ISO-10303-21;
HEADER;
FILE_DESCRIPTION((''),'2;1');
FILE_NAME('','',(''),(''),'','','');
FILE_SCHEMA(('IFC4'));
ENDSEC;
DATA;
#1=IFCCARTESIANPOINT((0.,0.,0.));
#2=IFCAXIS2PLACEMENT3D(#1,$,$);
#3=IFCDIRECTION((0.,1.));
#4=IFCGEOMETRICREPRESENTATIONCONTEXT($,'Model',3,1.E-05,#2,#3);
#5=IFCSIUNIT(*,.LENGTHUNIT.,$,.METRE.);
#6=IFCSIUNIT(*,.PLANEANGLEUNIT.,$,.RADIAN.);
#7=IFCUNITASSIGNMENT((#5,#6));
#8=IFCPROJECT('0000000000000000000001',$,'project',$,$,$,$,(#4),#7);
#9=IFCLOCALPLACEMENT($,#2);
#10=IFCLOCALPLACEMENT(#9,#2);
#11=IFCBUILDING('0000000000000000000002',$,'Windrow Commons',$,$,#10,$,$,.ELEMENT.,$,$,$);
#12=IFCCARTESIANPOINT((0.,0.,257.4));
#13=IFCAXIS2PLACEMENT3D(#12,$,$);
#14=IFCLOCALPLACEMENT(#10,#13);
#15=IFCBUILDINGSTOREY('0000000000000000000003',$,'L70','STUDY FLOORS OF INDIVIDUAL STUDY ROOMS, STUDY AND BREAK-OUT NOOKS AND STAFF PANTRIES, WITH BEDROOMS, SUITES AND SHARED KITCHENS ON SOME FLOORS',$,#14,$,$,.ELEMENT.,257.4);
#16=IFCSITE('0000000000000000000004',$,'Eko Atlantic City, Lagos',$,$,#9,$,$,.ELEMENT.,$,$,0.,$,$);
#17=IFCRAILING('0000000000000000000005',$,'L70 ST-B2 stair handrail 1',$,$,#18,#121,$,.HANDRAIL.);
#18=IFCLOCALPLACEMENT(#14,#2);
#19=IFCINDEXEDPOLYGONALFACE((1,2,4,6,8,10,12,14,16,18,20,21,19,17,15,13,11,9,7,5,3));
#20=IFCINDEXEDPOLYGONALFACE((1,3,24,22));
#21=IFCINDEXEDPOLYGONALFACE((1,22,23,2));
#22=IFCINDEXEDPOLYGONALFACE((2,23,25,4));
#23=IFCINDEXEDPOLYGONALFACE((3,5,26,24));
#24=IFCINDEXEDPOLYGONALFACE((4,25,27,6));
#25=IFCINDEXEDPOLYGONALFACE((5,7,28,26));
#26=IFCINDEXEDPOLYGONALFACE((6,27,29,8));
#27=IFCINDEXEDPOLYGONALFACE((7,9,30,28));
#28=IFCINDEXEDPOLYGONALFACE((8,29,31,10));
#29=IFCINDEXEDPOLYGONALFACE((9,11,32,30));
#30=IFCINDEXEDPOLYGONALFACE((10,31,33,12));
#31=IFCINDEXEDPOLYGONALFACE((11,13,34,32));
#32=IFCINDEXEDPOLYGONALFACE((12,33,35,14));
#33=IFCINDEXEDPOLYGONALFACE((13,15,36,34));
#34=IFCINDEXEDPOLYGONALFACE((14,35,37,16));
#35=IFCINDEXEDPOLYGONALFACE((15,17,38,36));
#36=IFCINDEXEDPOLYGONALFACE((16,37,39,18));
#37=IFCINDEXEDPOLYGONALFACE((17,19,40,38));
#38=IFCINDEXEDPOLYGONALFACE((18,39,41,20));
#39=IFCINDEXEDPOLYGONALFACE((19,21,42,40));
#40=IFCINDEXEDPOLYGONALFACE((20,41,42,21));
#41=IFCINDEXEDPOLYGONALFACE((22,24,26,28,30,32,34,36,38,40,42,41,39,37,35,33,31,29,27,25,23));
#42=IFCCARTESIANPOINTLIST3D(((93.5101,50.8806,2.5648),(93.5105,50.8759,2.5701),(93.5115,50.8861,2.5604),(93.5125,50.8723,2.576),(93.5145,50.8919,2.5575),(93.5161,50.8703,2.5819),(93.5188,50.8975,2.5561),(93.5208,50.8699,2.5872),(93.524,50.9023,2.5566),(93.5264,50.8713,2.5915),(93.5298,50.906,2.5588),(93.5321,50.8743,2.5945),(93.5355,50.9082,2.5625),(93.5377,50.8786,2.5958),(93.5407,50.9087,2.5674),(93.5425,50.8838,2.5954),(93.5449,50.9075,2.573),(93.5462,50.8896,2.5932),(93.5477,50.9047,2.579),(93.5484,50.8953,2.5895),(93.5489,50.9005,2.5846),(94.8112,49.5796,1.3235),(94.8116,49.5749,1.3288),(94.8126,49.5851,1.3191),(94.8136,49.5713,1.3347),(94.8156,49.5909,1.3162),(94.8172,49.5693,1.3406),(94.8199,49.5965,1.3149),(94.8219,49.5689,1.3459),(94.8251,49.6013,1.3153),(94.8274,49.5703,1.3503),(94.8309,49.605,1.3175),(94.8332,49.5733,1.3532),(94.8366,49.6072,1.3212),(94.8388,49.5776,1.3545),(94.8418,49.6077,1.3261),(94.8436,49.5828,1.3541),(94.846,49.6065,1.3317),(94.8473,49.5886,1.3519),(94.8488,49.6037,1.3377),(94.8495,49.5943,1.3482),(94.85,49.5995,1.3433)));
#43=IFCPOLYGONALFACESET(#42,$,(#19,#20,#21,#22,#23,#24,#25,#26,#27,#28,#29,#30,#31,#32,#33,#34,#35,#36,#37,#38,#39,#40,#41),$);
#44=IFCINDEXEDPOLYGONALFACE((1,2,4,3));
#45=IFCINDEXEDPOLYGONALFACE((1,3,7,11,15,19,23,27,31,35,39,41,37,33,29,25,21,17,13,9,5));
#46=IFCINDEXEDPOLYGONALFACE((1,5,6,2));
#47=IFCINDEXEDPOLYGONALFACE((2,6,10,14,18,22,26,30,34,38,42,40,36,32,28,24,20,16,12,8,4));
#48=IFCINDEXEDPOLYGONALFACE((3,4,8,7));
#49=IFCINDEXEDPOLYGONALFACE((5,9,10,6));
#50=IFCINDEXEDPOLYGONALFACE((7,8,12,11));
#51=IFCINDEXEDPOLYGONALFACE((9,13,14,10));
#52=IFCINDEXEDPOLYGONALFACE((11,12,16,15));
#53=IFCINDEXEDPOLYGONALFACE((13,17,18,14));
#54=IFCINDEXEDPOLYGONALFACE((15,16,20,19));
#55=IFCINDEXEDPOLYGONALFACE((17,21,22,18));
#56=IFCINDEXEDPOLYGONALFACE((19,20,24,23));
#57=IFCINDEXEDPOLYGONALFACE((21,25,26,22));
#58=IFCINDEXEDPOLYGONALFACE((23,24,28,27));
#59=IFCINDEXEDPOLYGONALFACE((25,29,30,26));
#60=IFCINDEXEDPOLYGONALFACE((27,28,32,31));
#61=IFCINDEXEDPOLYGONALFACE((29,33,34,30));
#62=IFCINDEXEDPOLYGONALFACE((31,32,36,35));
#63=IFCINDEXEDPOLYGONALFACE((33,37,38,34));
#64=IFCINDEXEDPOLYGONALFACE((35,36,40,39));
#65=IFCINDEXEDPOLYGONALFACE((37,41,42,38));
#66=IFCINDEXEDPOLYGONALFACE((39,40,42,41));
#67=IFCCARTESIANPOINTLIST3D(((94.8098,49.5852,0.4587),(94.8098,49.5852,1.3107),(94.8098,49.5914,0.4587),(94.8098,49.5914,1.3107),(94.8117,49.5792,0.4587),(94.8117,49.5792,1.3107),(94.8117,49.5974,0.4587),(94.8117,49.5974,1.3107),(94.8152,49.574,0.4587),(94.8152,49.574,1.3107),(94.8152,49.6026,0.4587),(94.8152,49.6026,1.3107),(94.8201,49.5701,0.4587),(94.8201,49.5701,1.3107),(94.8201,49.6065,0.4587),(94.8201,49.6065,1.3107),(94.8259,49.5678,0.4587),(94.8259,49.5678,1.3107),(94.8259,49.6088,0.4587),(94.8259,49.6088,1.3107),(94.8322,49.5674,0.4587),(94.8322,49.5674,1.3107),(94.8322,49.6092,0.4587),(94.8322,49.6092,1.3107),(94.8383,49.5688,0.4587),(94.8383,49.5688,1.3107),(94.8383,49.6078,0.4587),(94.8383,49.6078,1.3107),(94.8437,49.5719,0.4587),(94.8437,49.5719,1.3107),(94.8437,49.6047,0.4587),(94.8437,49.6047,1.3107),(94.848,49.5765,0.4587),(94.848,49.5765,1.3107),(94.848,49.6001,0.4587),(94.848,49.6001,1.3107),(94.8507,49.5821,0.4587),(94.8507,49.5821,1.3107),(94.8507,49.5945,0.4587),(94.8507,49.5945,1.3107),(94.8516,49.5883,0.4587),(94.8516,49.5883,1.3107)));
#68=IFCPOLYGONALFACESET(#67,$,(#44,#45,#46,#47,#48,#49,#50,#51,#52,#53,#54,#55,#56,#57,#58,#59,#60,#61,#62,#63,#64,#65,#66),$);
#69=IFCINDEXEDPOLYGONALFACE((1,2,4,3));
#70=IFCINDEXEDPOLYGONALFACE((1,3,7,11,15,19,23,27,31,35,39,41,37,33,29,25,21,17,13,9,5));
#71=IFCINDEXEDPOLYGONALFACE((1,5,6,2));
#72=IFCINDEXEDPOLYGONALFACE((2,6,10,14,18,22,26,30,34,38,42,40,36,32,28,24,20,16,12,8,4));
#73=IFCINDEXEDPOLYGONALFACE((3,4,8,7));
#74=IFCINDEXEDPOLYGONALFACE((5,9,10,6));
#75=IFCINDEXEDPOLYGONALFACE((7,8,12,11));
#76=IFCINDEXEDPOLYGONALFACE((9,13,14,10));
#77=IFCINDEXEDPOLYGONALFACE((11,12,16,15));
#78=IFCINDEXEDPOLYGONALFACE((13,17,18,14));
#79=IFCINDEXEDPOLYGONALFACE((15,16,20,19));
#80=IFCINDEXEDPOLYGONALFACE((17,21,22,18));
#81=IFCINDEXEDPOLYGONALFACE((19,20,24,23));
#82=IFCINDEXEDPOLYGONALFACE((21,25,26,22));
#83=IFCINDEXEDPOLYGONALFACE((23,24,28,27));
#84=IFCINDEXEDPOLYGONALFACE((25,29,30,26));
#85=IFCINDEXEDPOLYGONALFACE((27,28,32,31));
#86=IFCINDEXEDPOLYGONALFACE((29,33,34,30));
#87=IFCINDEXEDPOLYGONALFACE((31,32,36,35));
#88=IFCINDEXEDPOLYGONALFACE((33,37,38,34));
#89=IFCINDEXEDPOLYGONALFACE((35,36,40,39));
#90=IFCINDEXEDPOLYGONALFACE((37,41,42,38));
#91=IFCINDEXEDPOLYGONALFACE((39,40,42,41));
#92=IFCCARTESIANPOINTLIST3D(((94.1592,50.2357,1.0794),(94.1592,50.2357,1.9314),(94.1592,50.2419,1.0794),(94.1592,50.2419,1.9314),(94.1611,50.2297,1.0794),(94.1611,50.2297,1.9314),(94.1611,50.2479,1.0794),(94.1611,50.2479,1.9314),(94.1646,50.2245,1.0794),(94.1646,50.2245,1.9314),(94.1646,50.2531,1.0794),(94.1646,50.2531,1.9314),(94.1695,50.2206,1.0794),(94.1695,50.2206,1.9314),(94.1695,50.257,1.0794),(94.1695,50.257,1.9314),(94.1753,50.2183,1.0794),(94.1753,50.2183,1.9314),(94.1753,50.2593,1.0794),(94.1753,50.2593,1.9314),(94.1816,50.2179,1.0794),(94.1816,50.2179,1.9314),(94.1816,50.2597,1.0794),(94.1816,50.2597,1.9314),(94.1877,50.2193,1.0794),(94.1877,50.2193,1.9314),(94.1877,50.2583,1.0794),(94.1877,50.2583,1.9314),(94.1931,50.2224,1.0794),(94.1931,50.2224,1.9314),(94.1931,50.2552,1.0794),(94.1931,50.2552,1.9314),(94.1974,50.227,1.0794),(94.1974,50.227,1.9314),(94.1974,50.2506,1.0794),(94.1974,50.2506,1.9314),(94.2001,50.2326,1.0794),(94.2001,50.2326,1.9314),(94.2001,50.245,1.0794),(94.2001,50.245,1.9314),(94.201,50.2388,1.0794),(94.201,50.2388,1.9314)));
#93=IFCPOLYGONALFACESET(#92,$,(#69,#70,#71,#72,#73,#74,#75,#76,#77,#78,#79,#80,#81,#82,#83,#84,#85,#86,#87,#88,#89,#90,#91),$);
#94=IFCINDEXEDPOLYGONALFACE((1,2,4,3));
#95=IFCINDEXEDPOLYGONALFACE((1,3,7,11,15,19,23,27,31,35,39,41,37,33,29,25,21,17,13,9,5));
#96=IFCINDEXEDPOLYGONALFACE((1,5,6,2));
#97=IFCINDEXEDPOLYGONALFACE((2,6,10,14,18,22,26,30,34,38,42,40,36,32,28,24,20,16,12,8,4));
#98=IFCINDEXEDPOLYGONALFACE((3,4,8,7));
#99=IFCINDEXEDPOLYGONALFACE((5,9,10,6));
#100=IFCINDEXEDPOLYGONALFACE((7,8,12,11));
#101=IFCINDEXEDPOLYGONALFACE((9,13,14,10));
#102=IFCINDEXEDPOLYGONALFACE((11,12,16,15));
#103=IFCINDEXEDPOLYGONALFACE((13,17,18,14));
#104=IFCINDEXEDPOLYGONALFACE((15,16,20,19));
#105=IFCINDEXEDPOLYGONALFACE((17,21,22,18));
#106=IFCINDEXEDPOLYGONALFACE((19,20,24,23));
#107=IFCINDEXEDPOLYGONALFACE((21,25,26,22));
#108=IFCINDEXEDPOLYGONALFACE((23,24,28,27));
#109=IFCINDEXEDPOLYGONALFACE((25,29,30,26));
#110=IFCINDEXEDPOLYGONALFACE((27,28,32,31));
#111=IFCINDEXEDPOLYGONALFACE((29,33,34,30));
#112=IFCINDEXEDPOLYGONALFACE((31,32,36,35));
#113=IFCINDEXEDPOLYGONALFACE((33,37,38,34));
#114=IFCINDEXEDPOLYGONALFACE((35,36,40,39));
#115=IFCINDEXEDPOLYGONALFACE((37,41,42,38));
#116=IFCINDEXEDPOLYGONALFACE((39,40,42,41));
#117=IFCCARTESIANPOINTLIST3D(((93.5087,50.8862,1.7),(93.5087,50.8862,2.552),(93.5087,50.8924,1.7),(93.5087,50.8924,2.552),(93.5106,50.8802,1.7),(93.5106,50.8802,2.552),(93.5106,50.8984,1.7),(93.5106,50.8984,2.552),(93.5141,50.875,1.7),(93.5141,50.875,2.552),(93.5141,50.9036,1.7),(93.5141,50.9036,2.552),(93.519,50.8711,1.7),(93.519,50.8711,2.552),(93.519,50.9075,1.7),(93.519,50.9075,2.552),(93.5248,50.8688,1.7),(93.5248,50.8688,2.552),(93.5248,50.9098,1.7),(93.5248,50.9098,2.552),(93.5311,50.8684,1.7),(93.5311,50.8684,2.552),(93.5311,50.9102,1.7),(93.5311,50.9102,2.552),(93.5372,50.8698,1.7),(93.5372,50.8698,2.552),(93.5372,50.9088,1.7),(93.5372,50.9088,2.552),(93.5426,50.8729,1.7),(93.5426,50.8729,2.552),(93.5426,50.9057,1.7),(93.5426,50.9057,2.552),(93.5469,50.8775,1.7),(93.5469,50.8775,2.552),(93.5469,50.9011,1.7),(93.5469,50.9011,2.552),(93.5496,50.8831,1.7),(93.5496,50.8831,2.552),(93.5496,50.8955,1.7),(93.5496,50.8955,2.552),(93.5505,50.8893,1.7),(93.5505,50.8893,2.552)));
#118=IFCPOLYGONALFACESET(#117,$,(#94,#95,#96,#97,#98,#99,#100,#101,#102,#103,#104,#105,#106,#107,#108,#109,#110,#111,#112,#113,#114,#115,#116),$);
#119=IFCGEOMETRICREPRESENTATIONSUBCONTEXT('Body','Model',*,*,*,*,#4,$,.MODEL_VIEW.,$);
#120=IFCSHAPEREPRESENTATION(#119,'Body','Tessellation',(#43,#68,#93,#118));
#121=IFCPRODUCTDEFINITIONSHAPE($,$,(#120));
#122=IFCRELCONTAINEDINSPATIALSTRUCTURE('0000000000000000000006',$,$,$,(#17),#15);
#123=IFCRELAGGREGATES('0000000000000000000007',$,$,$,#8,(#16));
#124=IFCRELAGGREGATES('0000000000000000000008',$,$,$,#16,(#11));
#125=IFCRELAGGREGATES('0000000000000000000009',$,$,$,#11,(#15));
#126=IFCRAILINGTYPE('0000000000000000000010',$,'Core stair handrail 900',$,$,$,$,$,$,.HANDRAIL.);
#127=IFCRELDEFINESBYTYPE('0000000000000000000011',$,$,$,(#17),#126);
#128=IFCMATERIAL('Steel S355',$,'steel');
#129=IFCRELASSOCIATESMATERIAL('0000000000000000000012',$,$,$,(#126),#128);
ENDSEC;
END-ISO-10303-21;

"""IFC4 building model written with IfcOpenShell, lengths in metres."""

from ifc_helpers import new_model, si_unit, direction, frame, origin, origin_2d, place, context, subcontext, project, spatial, circle, extrude, material, type_object, element, save


model = new_model("IFC4")

# Units and contexts
model_context = context("Model", 3, precision=1e-05, world=origin(), true_north=direction((0.0, 1.0)))
body_context = subcontext(model_context, "Body", "Model", "MODEL_VIEW")
ifc_project = project(units=[si_unit("LENGTHUNIT", "METRE"), si_unit("PLANEANGLEUNIT", "RADIAN")], contexts=[model_context])

# Site, building, storey
site_placement = place(None, origin())
site = spatial("IfcSite", under=ifc_project, at=site_placement, Name="Eko Atlantic City, Lagos", CompositionType="ELEMENT", RefElevation=0.0)
building_placement = place(site_placement, origin())
building = spatial("IfcBuilding", under=site, at=building_placement, Name="Windrow Commons", CompositionType="ELEMENT")
storey_placement = place(building_placement, frame((0.0, 0.0, 257.4)))
storey = spatial("IfcBuildingStorey", under=building, at=storey_placement, Name="L70", Description="STUDY FLOORS OF INDIVIDUAL STUDY ROOMS, STUDY AND BREAK-OUT NOOKS AND STAFF PANTRIES, WITH BEDROOMS, SUITES AND SHARED KITCHENS ON SOME FLOORS", CompositionType="ELEMENT", Elevation=257.4)

# Railing
ifc_material_1 = material(Name="Steel S355", Category="steel")
railing_type_1 = type_object("IfcRailingType", Name="Core stair handrail 900", PredefinedType="HANDRAIL", material=ifc_material_1)
railing_1_placement = place(storey_placement, frame((94.8306, 49.5883, 0.4587)))
element("IfcRailing", 1, at=railing_1_placement, inside=storey, type_object=railing_type_1, Name="L70 ST-B2 stair handrail 1", PredefinedType="HANDRAIL", context=body_context, shape_type="SweptSolid", body=[
    extrude(circle(Radius=0.024, at=origin_2d()), frame((0.0, 0.0, 0.876), z_axis=(-0.586207, 0.586162, 0.559264), x_axis=(-0.70708, -0.707134, 0.0)), (0.0, 0.0, 1.0), 2.2195),
    extrude(circle(Radius=0.021, at=origin_2d()), origin(), (0.0, 0.0, 1.0), 0.852),
    extrude(circle(Radius=0.021, at=origin_2d()), frame((-0.6506, 0.6505, 0.6207)), (0.0, 0.0, 1.0), 0.852),
    extrude(circle(Radius=0.021, at=origin_2d()), frame((-1.3011, 1.301, 1.2413)), (0.0, 0.0, 1.0), 0.852),
])

save(model, "model.ifc")
